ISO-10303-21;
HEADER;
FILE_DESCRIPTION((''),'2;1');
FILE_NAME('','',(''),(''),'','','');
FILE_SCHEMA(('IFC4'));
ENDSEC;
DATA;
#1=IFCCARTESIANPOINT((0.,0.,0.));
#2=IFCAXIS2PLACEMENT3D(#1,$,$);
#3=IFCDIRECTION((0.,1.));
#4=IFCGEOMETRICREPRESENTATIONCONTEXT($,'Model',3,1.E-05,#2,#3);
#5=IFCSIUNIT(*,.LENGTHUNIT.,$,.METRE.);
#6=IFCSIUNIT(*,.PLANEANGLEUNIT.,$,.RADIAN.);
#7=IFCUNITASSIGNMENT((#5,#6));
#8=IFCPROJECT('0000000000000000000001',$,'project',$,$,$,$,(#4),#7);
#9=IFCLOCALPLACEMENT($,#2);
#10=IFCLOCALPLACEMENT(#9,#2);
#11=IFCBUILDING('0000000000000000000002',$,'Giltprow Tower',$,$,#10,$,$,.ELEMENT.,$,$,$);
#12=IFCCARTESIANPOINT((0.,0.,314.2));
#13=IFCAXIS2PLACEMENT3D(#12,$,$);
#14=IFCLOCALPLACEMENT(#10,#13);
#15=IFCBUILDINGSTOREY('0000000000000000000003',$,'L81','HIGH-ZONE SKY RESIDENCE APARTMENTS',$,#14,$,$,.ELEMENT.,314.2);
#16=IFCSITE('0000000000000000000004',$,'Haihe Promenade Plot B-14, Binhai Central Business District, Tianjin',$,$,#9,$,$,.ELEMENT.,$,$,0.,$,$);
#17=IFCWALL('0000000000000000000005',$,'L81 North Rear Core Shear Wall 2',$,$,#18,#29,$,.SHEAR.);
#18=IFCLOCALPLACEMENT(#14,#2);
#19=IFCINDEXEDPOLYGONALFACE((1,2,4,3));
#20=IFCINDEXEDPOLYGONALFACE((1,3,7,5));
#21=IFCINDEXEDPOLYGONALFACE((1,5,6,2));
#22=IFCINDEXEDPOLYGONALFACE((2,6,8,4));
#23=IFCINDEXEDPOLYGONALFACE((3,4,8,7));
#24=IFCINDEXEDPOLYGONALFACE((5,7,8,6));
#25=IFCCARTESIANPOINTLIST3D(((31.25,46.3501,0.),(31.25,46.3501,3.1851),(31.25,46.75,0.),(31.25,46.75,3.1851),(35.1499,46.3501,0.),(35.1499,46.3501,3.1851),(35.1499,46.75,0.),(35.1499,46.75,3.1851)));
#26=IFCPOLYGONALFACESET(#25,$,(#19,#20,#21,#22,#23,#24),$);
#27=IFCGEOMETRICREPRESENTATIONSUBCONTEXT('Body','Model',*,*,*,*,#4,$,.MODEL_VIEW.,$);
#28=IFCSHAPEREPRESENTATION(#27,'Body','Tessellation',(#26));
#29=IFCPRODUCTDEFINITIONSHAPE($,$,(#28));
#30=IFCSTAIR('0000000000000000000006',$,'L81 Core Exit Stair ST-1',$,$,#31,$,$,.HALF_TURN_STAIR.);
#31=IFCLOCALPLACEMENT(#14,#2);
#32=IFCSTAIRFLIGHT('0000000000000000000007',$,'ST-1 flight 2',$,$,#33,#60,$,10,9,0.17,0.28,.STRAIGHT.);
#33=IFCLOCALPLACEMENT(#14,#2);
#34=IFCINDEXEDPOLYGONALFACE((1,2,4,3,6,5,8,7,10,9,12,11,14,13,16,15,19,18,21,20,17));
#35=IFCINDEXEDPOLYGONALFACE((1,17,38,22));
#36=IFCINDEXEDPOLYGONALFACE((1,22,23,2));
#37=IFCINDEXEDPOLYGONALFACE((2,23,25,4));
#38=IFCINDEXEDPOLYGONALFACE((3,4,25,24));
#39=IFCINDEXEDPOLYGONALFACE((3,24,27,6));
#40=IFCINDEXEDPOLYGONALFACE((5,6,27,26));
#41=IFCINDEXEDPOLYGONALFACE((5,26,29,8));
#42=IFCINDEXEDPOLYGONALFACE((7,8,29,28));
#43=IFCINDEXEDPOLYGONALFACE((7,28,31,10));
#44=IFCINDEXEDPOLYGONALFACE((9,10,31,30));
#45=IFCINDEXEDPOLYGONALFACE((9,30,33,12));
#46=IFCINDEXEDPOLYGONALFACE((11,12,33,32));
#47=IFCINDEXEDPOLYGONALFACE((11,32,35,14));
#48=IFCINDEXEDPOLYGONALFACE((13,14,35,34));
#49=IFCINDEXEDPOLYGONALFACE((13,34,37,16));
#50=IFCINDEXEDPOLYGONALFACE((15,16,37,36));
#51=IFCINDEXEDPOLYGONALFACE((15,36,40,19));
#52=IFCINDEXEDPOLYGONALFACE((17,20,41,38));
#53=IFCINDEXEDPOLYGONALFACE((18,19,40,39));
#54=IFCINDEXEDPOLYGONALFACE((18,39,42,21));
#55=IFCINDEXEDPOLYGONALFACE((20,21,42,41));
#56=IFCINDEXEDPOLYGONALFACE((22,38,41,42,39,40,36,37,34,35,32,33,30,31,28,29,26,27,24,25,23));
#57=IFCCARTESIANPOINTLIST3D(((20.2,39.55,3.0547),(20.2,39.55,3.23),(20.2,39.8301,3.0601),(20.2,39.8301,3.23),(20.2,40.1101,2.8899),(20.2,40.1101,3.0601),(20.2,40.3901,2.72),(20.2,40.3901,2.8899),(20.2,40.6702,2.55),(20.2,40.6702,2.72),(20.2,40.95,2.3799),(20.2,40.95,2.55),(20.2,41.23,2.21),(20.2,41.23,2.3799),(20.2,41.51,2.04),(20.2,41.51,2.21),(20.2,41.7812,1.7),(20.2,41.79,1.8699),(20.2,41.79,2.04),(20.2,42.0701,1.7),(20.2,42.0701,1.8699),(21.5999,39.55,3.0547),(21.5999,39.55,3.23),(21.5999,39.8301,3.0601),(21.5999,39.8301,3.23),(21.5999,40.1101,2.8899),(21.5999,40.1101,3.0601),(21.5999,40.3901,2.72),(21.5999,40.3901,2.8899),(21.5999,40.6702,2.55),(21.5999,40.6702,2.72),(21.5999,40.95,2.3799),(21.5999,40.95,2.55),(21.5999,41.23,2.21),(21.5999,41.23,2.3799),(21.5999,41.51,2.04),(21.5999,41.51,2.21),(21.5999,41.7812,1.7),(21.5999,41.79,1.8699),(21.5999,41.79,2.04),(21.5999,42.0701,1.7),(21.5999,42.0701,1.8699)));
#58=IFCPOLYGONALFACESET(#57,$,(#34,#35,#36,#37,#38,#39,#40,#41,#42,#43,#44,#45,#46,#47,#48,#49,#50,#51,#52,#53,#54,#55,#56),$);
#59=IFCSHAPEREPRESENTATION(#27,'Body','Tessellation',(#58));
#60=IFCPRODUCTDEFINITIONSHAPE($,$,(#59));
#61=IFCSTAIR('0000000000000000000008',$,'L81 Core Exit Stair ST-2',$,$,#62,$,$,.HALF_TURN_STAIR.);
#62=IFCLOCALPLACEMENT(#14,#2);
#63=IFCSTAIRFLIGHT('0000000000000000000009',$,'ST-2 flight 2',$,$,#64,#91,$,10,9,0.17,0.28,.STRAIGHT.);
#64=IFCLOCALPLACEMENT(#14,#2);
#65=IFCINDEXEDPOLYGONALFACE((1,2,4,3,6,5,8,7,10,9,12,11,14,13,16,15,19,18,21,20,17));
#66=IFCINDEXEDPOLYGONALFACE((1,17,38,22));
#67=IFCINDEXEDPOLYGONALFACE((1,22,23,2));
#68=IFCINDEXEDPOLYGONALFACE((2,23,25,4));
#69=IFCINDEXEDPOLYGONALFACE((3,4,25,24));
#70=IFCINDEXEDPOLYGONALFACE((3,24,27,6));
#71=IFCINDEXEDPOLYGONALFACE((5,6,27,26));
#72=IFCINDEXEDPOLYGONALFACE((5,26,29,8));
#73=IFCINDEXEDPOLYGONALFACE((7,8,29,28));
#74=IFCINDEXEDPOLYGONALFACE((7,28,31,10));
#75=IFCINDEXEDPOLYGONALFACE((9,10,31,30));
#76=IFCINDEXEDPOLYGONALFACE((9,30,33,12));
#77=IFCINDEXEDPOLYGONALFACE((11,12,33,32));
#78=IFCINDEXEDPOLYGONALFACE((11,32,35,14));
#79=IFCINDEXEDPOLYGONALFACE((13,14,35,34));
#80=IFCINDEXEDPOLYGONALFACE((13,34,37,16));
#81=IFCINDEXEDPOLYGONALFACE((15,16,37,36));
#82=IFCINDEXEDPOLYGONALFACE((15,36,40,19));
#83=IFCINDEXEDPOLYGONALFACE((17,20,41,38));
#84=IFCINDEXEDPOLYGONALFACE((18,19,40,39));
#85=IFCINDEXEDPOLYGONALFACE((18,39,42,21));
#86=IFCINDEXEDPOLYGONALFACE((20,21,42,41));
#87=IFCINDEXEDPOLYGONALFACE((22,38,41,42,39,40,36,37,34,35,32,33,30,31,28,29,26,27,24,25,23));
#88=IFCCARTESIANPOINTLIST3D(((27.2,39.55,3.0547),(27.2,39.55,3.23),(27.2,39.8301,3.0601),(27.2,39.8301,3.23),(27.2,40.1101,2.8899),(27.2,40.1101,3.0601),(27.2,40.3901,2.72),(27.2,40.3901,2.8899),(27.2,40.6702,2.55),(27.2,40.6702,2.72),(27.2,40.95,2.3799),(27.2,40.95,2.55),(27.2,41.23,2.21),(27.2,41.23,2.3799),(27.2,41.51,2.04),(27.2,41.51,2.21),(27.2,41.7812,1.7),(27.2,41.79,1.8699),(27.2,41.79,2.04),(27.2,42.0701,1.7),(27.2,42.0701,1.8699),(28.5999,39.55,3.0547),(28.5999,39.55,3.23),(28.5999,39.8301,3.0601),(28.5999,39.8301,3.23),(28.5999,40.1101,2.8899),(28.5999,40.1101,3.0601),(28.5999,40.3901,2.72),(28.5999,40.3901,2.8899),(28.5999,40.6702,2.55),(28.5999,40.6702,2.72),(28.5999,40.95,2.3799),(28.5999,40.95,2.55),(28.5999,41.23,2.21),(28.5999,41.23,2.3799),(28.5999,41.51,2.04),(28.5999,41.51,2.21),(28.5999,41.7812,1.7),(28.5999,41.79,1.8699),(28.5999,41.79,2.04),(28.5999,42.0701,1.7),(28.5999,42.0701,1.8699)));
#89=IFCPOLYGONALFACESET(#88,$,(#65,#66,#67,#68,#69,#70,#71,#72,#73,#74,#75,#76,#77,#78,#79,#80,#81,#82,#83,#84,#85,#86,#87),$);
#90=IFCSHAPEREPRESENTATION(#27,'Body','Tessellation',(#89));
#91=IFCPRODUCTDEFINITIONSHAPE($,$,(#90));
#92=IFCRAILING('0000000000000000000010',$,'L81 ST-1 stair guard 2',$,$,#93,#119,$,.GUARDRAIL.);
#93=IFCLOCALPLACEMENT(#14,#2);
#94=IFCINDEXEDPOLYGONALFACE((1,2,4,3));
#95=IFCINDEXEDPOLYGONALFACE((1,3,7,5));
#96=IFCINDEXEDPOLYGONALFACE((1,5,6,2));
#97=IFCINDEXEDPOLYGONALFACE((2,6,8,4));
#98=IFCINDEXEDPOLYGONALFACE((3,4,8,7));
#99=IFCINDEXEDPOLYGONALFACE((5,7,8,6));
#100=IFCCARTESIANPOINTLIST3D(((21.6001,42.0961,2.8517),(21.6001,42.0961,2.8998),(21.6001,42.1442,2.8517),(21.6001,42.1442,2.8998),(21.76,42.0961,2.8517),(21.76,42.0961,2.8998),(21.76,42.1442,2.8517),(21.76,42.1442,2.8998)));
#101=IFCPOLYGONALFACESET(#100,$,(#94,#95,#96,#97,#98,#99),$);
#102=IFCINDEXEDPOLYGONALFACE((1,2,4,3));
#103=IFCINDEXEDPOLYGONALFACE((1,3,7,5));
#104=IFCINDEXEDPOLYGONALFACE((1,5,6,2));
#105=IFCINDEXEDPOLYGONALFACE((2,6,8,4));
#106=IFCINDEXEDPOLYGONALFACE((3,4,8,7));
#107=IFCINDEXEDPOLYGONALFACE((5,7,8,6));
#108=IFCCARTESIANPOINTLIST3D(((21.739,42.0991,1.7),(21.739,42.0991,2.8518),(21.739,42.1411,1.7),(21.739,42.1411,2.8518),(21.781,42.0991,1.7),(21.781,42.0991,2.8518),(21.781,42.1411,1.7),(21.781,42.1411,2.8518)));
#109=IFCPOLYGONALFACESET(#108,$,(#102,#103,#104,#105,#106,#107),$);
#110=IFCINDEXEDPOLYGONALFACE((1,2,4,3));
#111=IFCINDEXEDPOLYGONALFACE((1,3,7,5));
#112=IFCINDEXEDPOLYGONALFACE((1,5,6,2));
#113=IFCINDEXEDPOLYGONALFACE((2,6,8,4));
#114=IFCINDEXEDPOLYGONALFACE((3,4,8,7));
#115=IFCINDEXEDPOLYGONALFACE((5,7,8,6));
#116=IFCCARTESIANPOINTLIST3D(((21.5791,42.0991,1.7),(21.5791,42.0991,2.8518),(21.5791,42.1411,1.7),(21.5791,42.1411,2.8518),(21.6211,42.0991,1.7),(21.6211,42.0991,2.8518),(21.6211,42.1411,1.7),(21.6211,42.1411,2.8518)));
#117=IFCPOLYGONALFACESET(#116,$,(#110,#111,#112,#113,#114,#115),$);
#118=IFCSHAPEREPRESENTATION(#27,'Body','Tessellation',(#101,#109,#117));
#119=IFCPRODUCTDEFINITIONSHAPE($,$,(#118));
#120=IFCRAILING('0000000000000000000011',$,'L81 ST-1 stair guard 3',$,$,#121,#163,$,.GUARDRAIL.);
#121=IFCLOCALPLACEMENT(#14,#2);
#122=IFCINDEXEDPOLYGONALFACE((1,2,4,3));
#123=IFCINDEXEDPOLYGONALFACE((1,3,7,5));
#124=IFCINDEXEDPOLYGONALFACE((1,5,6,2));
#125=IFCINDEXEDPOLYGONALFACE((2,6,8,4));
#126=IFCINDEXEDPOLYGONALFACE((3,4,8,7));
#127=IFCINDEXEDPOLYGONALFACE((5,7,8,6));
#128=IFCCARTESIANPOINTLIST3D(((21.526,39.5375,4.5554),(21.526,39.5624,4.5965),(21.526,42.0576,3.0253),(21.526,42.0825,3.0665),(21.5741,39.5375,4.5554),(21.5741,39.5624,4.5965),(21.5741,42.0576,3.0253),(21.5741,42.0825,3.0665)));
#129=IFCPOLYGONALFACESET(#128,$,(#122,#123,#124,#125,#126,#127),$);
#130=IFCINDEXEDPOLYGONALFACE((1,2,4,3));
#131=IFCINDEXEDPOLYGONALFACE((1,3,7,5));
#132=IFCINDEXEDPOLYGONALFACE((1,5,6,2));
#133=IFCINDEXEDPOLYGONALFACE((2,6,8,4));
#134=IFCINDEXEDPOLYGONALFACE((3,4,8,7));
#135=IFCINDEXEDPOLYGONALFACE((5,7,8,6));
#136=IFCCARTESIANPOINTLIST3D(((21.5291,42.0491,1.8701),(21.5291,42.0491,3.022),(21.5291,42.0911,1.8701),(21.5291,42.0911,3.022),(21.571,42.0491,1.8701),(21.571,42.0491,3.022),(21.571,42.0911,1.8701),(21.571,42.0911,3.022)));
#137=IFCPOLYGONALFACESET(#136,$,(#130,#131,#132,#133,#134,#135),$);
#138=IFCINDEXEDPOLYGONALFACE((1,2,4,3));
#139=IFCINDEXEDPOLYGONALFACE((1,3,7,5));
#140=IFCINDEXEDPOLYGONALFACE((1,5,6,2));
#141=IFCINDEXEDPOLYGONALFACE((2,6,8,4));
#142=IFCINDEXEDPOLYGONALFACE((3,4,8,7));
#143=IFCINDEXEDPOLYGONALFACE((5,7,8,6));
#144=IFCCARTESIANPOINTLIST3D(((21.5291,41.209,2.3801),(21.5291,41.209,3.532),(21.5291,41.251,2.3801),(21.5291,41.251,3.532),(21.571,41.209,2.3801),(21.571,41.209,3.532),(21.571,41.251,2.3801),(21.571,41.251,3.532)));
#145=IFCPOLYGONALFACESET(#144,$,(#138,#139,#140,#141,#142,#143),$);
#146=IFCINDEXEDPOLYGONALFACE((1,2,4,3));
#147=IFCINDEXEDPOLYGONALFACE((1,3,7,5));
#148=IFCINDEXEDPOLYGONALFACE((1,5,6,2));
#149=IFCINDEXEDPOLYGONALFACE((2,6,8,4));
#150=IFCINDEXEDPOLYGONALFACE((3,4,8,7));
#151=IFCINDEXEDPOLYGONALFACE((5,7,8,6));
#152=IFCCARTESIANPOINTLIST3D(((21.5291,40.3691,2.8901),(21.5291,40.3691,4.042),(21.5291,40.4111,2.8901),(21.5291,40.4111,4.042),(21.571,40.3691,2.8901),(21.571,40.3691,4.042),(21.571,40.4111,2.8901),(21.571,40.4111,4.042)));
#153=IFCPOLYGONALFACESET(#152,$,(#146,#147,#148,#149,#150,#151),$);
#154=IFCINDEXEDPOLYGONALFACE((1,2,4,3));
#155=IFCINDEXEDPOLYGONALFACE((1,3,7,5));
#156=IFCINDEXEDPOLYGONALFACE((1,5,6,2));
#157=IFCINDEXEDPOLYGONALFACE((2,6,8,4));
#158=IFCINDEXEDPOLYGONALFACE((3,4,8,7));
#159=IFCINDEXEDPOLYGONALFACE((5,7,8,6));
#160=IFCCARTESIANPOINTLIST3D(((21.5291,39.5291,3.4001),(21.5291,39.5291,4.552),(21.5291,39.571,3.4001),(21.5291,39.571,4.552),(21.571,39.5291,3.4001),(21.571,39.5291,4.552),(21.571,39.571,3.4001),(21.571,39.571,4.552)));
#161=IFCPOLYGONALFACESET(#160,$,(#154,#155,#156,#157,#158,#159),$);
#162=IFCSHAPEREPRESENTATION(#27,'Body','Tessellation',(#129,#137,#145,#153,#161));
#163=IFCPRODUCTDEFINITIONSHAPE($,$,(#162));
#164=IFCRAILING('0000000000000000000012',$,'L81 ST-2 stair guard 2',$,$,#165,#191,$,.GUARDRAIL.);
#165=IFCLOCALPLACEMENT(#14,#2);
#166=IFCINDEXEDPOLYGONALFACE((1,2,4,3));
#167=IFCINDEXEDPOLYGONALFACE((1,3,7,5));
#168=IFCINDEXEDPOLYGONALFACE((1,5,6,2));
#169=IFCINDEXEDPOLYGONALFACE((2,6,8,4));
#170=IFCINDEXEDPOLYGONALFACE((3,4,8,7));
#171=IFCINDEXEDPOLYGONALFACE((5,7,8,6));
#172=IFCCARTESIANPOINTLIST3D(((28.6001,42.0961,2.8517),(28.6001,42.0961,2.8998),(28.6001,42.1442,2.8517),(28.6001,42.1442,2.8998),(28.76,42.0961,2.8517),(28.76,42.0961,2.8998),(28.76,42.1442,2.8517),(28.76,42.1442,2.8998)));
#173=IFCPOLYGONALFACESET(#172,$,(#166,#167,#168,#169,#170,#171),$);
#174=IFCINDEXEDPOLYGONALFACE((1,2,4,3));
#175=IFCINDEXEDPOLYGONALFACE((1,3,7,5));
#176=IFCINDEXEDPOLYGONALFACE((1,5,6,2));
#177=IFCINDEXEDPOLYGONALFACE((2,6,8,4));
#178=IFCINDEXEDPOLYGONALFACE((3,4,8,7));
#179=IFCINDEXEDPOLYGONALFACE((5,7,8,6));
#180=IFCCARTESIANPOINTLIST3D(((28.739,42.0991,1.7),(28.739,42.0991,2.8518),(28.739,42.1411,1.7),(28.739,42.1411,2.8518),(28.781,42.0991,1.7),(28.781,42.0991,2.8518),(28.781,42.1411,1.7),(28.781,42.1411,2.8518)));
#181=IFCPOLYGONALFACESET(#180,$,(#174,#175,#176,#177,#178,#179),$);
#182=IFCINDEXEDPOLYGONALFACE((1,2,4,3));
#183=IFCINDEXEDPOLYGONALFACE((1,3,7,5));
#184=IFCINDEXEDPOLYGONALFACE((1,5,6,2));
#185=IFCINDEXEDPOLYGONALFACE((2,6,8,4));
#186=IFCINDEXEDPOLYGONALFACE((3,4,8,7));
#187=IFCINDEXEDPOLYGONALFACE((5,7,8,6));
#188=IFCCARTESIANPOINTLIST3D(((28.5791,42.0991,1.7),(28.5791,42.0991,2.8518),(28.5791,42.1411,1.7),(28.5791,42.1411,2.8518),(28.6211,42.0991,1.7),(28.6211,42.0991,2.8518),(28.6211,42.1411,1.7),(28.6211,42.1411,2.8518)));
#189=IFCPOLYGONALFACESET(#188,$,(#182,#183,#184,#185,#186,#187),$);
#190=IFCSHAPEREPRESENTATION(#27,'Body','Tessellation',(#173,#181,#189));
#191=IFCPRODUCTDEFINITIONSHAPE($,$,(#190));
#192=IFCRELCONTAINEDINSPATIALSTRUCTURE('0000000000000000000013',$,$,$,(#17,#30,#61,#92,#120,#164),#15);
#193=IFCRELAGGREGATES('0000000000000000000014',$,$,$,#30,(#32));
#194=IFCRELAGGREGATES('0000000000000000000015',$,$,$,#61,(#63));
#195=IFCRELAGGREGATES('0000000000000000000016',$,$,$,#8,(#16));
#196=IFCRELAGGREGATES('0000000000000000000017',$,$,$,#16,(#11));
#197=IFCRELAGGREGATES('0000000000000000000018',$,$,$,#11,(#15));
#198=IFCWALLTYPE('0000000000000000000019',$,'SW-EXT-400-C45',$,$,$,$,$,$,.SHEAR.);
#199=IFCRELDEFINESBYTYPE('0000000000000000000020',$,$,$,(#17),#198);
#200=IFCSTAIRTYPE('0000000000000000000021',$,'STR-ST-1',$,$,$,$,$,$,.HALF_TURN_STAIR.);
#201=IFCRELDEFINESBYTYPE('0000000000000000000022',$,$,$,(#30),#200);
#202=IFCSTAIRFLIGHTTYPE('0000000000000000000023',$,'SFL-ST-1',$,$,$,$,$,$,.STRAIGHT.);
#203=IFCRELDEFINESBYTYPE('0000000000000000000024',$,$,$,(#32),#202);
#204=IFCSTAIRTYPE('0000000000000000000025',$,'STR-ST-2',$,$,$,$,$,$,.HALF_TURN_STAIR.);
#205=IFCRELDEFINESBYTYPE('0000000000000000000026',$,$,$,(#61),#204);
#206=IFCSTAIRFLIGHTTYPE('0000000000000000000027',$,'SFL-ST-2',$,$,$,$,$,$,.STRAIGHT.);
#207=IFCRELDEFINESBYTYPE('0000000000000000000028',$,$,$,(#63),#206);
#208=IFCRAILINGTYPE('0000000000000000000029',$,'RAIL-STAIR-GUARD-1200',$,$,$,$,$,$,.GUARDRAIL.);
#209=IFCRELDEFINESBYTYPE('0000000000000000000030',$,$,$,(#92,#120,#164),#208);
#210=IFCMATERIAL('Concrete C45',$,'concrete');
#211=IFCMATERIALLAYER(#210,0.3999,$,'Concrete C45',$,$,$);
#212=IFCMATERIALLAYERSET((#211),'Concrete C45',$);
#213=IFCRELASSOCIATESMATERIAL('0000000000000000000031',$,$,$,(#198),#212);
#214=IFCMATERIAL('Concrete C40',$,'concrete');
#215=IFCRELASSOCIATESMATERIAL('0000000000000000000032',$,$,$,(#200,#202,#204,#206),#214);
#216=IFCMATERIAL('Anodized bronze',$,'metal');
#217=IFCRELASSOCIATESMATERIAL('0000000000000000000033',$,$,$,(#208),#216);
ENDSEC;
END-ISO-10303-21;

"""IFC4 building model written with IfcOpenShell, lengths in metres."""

from ifc_helpers import new_model, si_unit, direction, frame, frame_2d, origin, origin_2d, place, context, subcontext, project, spatial, polyline, rectangle, outline, extrude, material, layer, layer_set, type_object, element, aggregate, save


model = new_model("IFC4")

# Units and contexts
model_context = context("Model", 3, precision=1e-05, world=origin(), true_north=direction((0.0, 1.0)))
body_context = subcontext(model_context, "Body", "Model", "MODEL_VIEW")
ifc_project = project(units=[si_unit("LENGTHUNIT", "METRE"), si_unit("PLANEANGLEUNIT", "RADIAN")], contexts=[model_context])

# Site, building, storey
site_placement = place(None, origin())
site = spatial("IfcSite", under=ifc_project, at=site_placement, Name="Haihe Promenade Plot B-14, Binhai Central Business District, Tianjin", CompositionType="ELEMENT", RefElevation=0.0)
building_placement = place(site_placement, origin())
building = spatial("IfcBuilding", under=site, at=building_placement, Name="Giltprow Tower", CompositionType="ELEMENT")
storey_placement = place(building_placement, frame((0.0, 0.0, 314.2)))
storey = spatial("IfcBuildingStorey", under=building, at=storey_placement, Name="L81", Description="HIGH-ZONE SKY RESIDENCE APARTMENTS", CompositionType="ELEMENT", Elevation=314.2)

# Shared definitions
ifc_material_1 = material(Name="Concrete C45", Category="concrete")

# Shared definitions
ifc_material_2 = material(Name="Concrete C40", Category="concrete")

# Wall
ifc_layer_1 = layer(ifc_material_1, 0.3999, Name="Concrete C45")
ifc_layer_set_1 = layer_set([ifc_layer_1], Name="Concrete C45")
wall_type_1 = type_object("IfcWallType", Name="SW-EXT-400-C45", PredefinedType="SHEAR", material=ifc_layer_set_1)
wall_1_placement = place(storey_placement, frame((31.25, 46.55, 0.0), z_axis=(0.0, 0.0, 1.0), x_axis=(1.0, 0.0, 0.0)))
element("IfcWall", 1, at=wall_1_placement, inside=storey, type_object=wall_type_1, Name="L81 North Rear Core Shear Wall 2", PredefinedType="SHEAR", context=body_context, shape_type="SweptSolid", body=[
    extrude(rectangle(XDim=3.8999, YDim=0.3999, at=frame_2d((1.95, 0.0))), origin(), (0.0, 0.0, 1.0), 3.1851),
])

# Stairs, stair flights
stair_type_1 = type_object("IfcStairType", Name="STR-ST-1", PredefinedType="HALF_TURN_STAIR", material=ifc_material_2)
stair_1_placement = place(storey_placement, origin())
stair_1 = element("IfcStair", 2, at=stair_1_placement, inside=storey, type_object=stair_type_1, Name="L81 Core Exit Stair ST-1", PredefinedType="HALF_TURN_STAIR")
stair_flight_type_1 = type_object("IfcStairFlightType", Name="SFL-ST-1", PredefinedType="STRAIGHT", material=ifc_material_2)
stair_flight_1_placement = place(storey_placement, frame((20.8999, 42.0701, 1.7), z_axis=(0.0, 0.0, 1.0), x_axis=(0.0, -1.0, 0.0)))
stair_flight_1 = element("IfcStairFlight", 3, at=stair_flight_1_placement, type_object=stair_flight_type_1, Name="ST-1 flight 2", NumberOfRisers=10, NumberOfTreads=9, PredefinedType="STRAIGHT", RiserHeight=0.17, TreadLength=0.28, context=body_context, shape_type="SweptSolid", body=[
    extrude(outline(polyline([(0.0, 0.0), (0.0, 0.1699), (0.28, 0.1699), (0.28, 0.3401), (0.5601, 0.3401), (0.5601, 0.51), (0.8401, 0.51), (0.8401, 0.6799), (1.1201, 0.6799), (1.1201, 0.8501), (1.3999, 0.8501), (1.3999, 1.02), (1.6799, 1.02), (1.6799, 1.1899), (1.96, 1.1899), (1.96, 1.3601), (2.24, 1.3601), (2.24, 1.53), (2.52, 1.53), (2.52, 1.7), (2.52, 1.3547), (0.2888, 0.0), (0.0, 0.0)])), frame((0.0, 0.7, 0.0), z_axis=(0.0, -1.0, 0.0), x_axis=(1.0, 0.0, 0.0)), (0.0, 0.0, 1.0), 1.3999),
])
aggregate(stair_1, [stair_flight_1])
stair_type_2 = type_object("IfcStairType", Name="STR-ST-2", PredefinedType="HALF_TURN_STAIR", material=ifc_material_2)
stair_2_placement = place(storey_placement, origin())
stair_2 = element("IfcStair", 4, at=stair_2_placement, inside=storey, type_object=stair_type_2, Name="L81 Core Exit Stair ST-2", PredefinedType="HALF_TURN_STAIR")
stair_flight_type_2 = type_object("IfcStairFlightType", Name="SFL-ST-2", PredefinedType="STRAIGHT", material=ifc_material_2)
stair_flight_2_placement = place(storey_placement, frame((27.8999, 42.0701, 1.7), z_axis=(0.0, 0.0, 1.0), x_axis=(0.0, -1.0, 0.0)))
stair_flight_2 = element("IfcStairFlight", 5, at=stair_flight_2_placement, type_object=stair_flight_type_2, Name="ST-2 flight 2", NumberOfRisers=10, NumberOfTreads=9, PredefinedType="STRAIGHT", RiserHeight=0.17, TreadLength=0.28, context=body_context, shape_type="SweptSolid", body=[
    extrude(outline(polyline([(0.0, 0.0), (0.0, 0.1699), (0.28, 0.1699), (0.28, 0.3401), (0.5601, 0.3401), (0.5601, 0.51), (0.8401, 0.51), (0.8401, 0.6799), (1.1201, 0.6799), (1.1201, 0.8501), (1.3999, 0.8501), (1.3999, 1.02), (1.6799, 1.02), (1.6799, 1.1899), (1.96, 1.1899), (1.96, 1.3601), (2.24, 1.3601), (2.24, 1.53), (2.52, 1.53), (2.52, 1.7), (2.52, 1.3547), (0.2888, 0.0), (0.0, 0.0)])), frame((0.0, 0.7, 0.0), z_axis=(0.0, -1.0, 0.0), x_axis=(1.0, 0.0, 0.0)), (0.0, 0.0, 1.0), 1.3999),
])
aggregate(stair_2, [stair_flight_2])

# Railings
ifc_material_3 = material(Name="Anodized bronze", Category="metal")
railing_type_1 = type_object("IfcRailingType", Name="RAIL-STAIR-GUARD-1200", PredefinedType="GUARDRAIL", material=ifc_material_3)
railing_1_placement = place(storey_placement, frame((21.76, 42.1201, 1.7)))
element("IfcRailing", 6, at=railing_1_placement, inside=storey, type_object=railing_type_1, Name="L81 ST-1 stair guard 2", PredefinedType="GUARDRAIL", context=body_context, shape_type="SweptSolid", body=[
    extrude(rectangle(XDim=0.0481, YDim=0.0481, at=origin_2d()), frame((0.0, 0.0, 1.1758), z_axis=(-1.0, 0.0, 0.0), x_axis=(0.0, -1.0, 0.0)), (0.0, 0.0, 1.0), 0.1599),
    extrude(rectangle(XDim=0.042, YDim=0.042, at=origin_2d()), origin(), (0.0, 0.0, 1.0), 1.1519),
    extrude(rectangle(XDim=0.042, YDim=0.042, at=origin_2d()), frame((-0.1599, 0.0, 0.0)), (0.0, 0.0, 1.0), 1.1519),
])
railing_2_placement = place(storey_placement, frame((21.55, 42.0701, 1.8701)))
element("IfcRailing", 7, at=railing_2_placement, inside=storey, type_object=railing_type_1, Name="L81 ST-1 stair guard 3", PredefinedType="GUARDRAIL", context=body_context, shape_type="SweptSolid", body=[
    extrude(rectangle(XDim=0.0481, YDim=0.0481, at=origin_2d()), frame((0.0, 0.0, 1.1758), z_axis=(0.0, -0.854785, 0.518982), x_axis=(1.0, 0.0, 0.0)), (0.0, 0.0, 1.0), 2.9482),
    extrude(rectangle(XDim=0.042, YDim=0.042, at=origin_2d()), origin(), (0.0, 0.0, 1.0), 1.1519),
    extrude(rectangle(XDim=0.042, YDim=0.042, at=origin_2d()), frame((0.0, -0.8401, 0.51)), (0.0, 0.0, 1.0), 1.1519),
    extrude(rectangle(XDim=0.042, YDim=0.042, at=origin_2d()), frame((0.0, -1.6799, 1.02)), (0.0, 0.0, 1.0), 1.1519),
    extrude(rectangle(XDim=0.042, YDim=0.042, at=origin_2d()), frame((0.0, -2.52, 1.53)), (0.0, 0.0, 1.0), 1.1519),
])
railing_3_placement = place(storey_placement, frame((28.76, 42.1201, 1.7)))
element("IfcRailing", 8, at=railing_3_placement, inside=storey, type_object=railing_type_1, Name="L81 ST-2 stair guard 2", PredefinedType="GUARDRAIL", context=body_context, shape_type="SweptSolid", body=[
    extrude(rectangle(XDim=0.0481, YDim=0.0481, at=origin_2d()), frame((0.0, 0.0, 1.1758), z_axis=(-1.0, 0.0, 0.0), x_axis=(0.0, -1.0, 0.0)), (0.0, 0.0, 1.0), 0.1599),
    extrude(rectangle(XDim=0.042, YDim=0.042, at=origin_2d()), origin(), (0.0, 0.0, 1.0), 1.1519),
    extrude(rectangle(XDim=0.042, YDim=0.042, at=origin_2d()), frame((-0.1599, 0.0, 0.0)), (0.0, 0.0, 1.0), 1.1519),
])

save(model, "model.ifc")
